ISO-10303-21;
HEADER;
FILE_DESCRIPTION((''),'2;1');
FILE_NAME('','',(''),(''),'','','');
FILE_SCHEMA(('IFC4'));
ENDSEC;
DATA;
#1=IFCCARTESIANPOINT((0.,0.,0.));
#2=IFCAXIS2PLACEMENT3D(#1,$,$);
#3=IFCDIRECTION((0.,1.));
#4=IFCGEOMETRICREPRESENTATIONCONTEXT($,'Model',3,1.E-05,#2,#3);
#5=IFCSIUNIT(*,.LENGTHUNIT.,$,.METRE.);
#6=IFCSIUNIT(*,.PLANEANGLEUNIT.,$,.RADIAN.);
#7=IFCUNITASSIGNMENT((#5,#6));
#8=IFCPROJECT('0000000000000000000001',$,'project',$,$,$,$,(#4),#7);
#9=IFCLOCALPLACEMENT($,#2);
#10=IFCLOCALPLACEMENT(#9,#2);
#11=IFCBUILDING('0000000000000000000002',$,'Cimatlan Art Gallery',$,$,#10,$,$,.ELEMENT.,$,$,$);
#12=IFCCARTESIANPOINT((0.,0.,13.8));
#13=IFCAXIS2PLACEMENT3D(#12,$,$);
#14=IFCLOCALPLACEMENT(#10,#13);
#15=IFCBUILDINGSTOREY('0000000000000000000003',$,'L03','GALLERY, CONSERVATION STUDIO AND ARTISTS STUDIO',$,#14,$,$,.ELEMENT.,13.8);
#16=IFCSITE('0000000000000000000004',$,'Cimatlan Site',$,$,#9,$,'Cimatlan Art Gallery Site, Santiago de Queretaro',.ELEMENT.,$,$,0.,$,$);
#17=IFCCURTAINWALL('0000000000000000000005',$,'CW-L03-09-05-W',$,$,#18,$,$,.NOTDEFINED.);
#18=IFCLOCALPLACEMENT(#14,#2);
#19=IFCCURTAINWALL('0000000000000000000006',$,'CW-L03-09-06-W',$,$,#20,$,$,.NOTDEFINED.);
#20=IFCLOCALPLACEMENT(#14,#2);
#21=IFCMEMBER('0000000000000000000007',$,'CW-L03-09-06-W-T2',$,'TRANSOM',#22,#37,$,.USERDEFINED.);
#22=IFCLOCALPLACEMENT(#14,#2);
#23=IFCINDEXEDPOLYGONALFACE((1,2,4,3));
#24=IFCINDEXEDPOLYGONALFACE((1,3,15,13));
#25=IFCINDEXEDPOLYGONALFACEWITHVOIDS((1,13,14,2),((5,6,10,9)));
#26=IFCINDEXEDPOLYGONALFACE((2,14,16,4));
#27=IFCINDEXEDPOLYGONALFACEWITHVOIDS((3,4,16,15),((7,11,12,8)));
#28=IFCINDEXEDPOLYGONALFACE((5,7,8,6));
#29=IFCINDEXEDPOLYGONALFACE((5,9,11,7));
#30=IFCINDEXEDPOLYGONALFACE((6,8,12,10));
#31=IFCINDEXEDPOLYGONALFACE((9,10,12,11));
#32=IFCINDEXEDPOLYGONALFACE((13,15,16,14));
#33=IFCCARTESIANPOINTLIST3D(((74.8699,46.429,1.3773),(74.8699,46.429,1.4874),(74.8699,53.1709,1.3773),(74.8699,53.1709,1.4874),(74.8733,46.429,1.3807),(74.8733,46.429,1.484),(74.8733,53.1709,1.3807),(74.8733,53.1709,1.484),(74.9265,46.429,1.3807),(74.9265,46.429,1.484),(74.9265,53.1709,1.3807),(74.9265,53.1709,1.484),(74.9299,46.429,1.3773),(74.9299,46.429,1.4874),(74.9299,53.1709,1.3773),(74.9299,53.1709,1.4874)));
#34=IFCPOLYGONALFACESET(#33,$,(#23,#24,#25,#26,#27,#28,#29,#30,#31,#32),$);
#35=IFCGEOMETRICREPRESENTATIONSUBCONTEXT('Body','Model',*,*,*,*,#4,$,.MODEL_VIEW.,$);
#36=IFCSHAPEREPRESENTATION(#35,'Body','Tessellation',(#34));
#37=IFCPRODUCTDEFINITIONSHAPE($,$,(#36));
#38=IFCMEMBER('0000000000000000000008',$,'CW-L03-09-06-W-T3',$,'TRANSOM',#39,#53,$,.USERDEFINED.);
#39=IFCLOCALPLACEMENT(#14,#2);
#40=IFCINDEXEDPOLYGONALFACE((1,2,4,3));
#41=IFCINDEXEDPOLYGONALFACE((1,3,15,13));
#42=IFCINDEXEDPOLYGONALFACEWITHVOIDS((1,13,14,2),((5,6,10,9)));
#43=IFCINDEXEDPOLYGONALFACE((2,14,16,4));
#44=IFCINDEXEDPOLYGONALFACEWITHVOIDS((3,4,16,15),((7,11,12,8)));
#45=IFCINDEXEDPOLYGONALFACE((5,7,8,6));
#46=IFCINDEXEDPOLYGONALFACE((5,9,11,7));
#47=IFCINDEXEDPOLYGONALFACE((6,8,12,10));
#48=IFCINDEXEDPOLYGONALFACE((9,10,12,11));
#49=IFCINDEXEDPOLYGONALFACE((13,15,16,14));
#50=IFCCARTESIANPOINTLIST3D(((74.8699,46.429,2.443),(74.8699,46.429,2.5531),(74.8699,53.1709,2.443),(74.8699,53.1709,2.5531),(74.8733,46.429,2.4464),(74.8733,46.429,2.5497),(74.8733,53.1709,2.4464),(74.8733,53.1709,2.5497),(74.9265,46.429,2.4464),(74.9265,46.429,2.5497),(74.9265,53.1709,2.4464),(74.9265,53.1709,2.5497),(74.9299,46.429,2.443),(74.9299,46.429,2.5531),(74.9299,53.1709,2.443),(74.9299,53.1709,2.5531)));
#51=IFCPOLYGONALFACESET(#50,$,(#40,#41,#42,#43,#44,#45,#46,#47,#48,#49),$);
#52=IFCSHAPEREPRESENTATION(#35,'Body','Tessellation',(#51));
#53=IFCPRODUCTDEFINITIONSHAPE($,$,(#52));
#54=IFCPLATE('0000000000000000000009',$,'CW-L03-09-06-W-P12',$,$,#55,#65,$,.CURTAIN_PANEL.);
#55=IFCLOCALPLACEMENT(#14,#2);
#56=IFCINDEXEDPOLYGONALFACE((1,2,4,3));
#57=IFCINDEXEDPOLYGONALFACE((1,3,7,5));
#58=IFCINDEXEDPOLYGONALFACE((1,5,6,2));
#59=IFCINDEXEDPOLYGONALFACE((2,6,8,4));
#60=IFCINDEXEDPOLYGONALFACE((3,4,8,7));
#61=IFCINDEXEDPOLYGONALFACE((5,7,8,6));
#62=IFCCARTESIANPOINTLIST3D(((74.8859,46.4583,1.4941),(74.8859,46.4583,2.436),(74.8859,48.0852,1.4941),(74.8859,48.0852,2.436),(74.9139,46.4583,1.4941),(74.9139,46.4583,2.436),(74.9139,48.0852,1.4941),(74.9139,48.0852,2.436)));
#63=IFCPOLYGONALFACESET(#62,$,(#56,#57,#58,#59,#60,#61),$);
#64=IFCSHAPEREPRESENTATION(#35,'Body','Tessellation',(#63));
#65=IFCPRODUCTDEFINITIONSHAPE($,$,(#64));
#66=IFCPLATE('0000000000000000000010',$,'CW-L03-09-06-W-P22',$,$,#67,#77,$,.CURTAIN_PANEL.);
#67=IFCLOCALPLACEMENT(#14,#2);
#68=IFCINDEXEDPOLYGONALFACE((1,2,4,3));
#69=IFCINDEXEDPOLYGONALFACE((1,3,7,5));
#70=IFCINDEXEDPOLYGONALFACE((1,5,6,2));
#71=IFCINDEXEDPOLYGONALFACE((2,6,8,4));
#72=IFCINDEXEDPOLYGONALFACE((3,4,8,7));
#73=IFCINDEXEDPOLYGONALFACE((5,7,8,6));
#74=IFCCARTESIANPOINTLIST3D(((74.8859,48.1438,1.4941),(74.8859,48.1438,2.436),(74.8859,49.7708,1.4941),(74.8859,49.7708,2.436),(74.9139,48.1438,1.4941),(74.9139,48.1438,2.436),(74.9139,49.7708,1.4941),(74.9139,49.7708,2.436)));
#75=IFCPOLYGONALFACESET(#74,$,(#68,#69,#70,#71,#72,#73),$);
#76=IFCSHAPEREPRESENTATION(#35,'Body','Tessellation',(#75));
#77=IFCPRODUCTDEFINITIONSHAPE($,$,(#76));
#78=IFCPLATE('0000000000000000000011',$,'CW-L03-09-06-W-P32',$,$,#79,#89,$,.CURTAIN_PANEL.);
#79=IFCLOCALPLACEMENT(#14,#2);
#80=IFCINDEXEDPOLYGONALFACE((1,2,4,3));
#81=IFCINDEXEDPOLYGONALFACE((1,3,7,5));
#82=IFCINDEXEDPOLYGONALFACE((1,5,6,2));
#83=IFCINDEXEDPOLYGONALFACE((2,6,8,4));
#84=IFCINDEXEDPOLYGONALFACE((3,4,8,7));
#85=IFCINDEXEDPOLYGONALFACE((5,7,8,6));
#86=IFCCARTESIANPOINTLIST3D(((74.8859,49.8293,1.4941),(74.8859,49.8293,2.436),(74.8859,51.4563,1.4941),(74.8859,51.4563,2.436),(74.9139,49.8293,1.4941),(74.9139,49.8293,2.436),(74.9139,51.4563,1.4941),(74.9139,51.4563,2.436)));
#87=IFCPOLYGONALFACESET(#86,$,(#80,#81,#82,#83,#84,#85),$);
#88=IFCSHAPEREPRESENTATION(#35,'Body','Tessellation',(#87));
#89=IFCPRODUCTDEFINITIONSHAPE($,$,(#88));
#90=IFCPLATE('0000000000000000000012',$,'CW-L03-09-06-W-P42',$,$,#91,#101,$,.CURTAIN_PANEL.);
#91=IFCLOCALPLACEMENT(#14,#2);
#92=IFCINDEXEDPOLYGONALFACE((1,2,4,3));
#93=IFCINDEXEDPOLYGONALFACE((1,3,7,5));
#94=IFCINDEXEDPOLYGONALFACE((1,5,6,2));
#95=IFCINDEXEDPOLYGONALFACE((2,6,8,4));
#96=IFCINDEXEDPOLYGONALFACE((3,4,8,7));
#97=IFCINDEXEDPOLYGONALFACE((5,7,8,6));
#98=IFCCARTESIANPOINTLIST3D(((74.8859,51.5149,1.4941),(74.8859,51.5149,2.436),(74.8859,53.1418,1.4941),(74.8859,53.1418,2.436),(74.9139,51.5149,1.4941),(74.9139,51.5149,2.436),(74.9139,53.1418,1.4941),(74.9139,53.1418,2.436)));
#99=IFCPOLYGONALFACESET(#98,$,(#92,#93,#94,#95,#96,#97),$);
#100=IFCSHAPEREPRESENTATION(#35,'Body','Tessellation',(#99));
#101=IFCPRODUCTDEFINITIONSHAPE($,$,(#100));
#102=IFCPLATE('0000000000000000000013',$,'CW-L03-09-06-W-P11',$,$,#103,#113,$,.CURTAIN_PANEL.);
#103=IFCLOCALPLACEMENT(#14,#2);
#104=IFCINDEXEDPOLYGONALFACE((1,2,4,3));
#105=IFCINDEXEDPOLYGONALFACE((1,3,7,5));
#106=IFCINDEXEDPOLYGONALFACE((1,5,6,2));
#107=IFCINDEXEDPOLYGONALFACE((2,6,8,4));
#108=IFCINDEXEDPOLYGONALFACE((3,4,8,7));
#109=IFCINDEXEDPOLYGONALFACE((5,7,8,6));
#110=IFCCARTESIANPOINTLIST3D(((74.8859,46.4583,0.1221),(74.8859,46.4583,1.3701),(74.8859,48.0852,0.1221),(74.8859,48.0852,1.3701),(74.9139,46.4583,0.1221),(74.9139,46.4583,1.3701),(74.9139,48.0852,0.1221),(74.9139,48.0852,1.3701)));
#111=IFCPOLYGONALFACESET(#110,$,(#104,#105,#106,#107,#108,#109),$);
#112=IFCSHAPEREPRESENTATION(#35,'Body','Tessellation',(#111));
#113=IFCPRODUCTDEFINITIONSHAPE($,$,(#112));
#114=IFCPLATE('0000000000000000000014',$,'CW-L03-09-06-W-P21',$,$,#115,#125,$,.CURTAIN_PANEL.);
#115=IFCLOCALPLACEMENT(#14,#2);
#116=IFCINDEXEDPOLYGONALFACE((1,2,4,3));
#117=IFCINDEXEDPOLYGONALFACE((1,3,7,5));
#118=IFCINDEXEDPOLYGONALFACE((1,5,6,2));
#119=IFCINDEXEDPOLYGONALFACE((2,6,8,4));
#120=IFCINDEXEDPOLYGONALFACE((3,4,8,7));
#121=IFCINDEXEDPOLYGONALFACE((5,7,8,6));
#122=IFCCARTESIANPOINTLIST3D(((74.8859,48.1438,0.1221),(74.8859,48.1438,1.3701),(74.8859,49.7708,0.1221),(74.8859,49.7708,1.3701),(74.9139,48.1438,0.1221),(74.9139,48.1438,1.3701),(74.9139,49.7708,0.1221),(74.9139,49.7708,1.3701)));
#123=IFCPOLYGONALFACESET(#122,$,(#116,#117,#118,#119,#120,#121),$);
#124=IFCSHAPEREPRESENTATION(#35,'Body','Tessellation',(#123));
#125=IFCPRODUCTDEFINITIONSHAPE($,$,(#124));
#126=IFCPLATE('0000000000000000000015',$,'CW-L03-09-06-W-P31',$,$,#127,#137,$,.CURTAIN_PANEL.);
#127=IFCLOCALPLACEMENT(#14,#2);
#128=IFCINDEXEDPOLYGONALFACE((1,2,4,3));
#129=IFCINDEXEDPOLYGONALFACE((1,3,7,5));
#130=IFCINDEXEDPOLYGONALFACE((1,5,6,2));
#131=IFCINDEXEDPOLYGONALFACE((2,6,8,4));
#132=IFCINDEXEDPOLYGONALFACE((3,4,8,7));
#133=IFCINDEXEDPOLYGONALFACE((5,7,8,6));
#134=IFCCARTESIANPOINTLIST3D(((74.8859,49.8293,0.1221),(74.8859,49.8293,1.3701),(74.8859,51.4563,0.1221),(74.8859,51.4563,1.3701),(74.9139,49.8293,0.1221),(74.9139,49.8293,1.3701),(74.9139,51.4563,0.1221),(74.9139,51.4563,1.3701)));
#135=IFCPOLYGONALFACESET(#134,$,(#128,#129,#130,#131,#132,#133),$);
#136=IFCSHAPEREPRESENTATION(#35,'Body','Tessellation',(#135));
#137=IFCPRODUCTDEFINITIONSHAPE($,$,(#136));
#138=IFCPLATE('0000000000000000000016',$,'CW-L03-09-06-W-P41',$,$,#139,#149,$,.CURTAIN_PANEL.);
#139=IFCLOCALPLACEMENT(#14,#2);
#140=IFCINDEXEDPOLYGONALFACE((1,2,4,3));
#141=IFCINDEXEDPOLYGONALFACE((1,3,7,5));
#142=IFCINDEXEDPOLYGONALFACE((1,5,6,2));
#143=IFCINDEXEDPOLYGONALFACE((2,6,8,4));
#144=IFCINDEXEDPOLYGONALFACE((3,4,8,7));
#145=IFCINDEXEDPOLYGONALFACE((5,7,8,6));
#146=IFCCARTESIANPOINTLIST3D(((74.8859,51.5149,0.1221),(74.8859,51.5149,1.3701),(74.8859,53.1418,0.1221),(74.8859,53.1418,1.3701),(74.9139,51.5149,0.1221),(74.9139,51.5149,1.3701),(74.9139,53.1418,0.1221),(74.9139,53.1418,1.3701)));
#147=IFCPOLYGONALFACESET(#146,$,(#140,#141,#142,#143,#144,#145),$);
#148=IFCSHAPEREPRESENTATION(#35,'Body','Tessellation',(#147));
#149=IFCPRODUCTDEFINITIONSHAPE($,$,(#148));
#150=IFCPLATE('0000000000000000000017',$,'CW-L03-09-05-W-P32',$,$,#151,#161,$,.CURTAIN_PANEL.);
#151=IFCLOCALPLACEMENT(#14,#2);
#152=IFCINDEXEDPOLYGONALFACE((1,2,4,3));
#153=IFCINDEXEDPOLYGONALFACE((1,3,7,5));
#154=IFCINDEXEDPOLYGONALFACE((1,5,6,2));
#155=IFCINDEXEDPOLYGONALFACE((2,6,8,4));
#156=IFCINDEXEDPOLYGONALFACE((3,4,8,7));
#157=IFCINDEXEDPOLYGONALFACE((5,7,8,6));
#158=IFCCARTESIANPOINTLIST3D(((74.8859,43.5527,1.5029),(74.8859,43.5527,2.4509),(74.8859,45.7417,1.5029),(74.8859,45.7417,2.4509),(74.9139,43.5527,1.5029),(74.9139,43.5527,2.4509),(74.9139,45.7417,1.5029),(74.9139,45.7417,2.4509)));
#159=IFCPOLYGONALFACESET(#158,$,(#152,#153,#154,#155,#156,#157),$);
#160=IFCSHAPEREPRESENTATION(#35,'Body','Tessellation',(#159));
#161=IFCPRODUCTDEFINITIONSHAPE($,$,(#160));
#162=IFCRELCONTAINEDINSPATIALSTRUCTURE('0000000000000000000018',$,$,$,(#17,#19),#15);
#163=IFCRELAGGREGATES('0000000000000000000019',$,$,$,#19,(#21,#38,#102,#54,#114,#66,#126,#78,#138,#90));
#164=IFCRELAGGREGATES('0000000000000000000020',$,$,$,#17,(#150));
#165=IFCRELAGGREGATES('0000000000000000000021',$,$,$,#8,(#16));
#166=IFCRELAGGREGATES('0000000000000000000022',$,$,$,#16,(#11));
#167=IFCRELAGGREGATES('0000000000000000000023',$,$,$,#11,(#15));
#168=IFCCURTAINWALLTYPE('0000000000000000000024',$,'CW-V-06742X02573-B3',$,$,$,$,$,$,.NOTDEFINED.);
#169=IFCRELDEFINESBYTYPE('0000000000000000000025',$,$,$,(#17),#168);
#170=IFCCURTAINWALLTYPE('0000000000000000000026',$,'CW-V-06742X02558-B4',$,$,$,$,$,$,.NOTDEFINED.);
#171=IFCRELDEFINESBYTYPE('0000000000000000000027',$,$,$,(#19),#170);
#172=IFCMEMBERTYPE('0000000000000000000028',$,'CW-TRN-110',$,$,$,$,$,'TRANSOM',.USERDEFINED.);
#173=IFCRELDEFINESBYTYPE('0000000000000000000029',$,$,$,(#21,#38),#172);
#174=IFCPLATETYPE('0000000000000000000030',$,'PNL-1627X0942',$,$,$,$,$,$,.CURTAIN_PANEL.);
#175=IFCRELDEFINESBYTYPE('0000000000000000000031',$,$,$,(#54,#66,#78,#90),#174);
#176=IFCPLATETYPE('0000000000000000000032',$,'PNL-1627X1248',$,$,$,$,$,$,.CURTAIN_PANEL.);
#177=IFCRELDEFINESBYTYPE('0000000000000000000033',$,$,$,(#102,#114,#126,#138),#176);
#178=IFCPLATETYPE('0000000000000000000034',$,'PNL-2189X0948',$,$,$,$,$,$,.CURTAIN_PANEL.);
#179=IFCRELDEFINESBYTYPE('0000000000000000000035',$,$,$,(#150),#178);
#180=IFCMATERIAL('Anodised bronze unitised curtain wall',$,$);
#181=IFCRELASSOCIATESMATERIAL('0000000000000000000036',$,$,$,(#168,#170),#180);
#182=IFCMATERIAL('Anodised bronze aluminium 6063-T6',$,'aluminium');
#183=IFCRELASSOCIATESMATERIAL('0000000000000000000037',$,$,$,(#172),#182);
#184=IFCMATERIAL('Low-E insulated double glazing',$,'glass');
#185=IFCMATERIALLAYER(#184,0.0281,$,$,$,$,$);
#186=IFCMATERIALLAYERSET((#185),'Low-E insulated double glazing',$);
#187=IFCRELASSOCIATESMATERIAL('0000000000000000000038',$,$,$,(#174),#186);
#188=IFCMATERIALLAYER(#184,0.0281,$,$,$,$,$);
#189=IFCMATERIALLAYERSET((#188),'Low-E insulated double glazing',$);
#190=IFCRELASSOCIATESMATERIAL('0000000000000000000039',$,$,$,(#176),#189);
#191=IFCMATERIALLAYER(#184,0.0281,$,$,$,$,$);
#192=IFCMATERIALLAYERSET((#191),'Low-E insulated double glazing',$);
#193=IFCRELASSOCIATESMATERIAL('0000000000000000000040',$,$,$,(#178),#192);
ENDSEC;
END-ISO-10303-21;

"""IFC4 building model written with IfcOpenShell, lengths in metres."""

from ifc_helpers import new_model, si_unit, direction, frame, origin, origin_2d, place, context, subcontext, project, spatial, rectangle, hollow_rectangle, extrude, material, layer, layer_set, material_profile, profile_set, type_object, element, aggregate, save


model = new_model("IFC4")

# Units and contexts
model_context = context("Model", 3, precision=1e-05, world=origin(), true_north=direction((0.0, 1.0)))
body_context = subcontext(model_context, "Body", "Model", "MODEL_VIEW")
ifc_project = project(units=[si_unit("LENGTHUNIT", "METRE"), si_unit("PLANEANGLEUNIT", "RADIAN")], contexts=[model_context])

# Site, building, storey
site_placement = place(None, origin())
site = spatial("IfcSite", under=ifc_project, at=site_placement, Name="Cimatlan Site", LongName="Cimatlan Art Gallery Site, Santiago de Queretaro", CompositionType="ELEMENT", RefElevation=0.0)
building_placement = place(site_placement, origin())
building = spatial("IfcBuilding", under=site, at=building_placement, Name="Cimatlan Art Gallery", CompositionType="ELEMENT")
storey_placement = place(building_placement, frame((0.0, 0.0, 13.8)))
storey = spatial("IfcBuildingStorey", under=building, at=storey_placement, Name="L03", Description="GALLERY, CONSERVATION STUDIO AND ARTISTS STUDIO", CompositionType="ELEMENT", Elevation=13.8)

# Curtain wall
ifc_material_1 = material(Name="Anodised bronze unitised curtain wall")
curtain_wall_type_1 = type_object("IfcCurtainWallType", Name="CW-V-06742X02573-B3", PredefinedType="NOTDEFINED", material=ifc_material_1)
curtain_wall_1_placement = place(storey_placement, origin())
curtain_wall_1 = element("IfcCurtainWall", 1, at=curtain_wall_1_placement, inside=storey, type_object=curtain_wall_type_1, Name="CW-L03-09-05-W", PredefinedType="NOTDEFINED")
ifc_material_2 = material(Name="Anodised bronze aluminium 6063-T6", Category="aluminium")

# Curtain wall, members, plates
curtain_wall_type_2 = type_object("IfcCurtainWallType", Name="CW-V-06742X02558-B4", PredefinedType="NOTDEFINED", material=ifc_material_1)
curtain_wall_2_placement = place(storey_placement, origin())
curtain_wall_2 = element("IfcCurtainWall", 2, at=curtain_wall_2_placement, inside=storey, type_object=curtain_wall_type_2, Name="CW-L03-09-06-W", PredefinedType="NOTDEFINED")
ifc_material_profile_1 = material_profile(ifc_material_2, hollow_rectangle(XDim=0.0601, YDim=0.1101, WallThickness=0.0034, at=origin_2d()), Name="ALU60X110X3")
ifc_profile_set_1 = profile_set([ifc_material_profile_1], Name="Anodised bronze aluminium 6063-T6")
member_type_1 = type_object("IfcMemberType", Name="CW-TRN-110", ElementType="TRANSOM", PredefinedType="USERDEFINED", material=ifc_profile_set_1)
member_1_placement = place(storey_placement, frame((74.8999, 46.429, 1.4324), z_axis=(0.0, 1.0, 0.0), x_axis=(-1.0, 0.0, 0.0)))
member_1 = element("IfcMember", 3, at=member_1_placement, type_object=member_type_1, Name="CW-L03-09-06-W-T2", ObjectType="TRANSOM", PredefinedType="USERDEFINED", context=body_context, shape_type="SweptSolid", body=[
    extrude(hollow_rectangle(XDim=0.0601, YDim=0.1101, WallThickness=0.0034, at=origin_2d()), origin(), (0.0, 0.0, 1.0), 6.7419),
])
member_2_placement = place(storey_placement, frame((74.8999, 46.429, 2.498), z_axis=(0.0, 1.0, 0.0), x_axis=(-1.0, 0.0, 0.0)))
member_2 = element("IfcMember", 4, at=member_2_placement, type_object=member_type_1, Name="CW-L03-09-06-W-T3", ObjectType="TRANSOM", PredefinedType="USERDEFINED", context=body_context, shape_type="SweptSolid", body=[
    extrude(hollow_rectangle(XDim=0.0601, YDim=0.1101, WallThickness=0.0034, at=origin_2d()), origin(), (0.0, 0.0, 1.0), 6.7419),
])
ifc_material_3 = material(Name="Low-E insulated double glazing", Category="glass")
ifc_layer_1 = layer(ifc_material_3, 0.0281)
ifc_layer_set_1 = layer_set([ifc_layer_1], Name="Low-E insulated double glazing")
plate_type_1 = type_object("IfcPlateType", Name="PNL-1627X0942", PredefinedType="CURTAIN_PANEL", material=ifc_layer_set_1)
plate_1_placement = place(storey_placement, frame((74.8999, 47.2717, 1.4941), z_axis=(0.0, 0.0, 1.0), x_axis=(0.0, 1.0, 0.0)))
plate_1 = element("IfcPlate", 5, at=plate_1_placement, type_object=plate_type_1, Name="CW-L03-09-06-W-P12", PredefinedType="CURTAIN_PANEL", context=body_context, shape_type="SweptSolid", body=[
    extrude(rectangle(XDim=1.627, YDim=0.0281, at=origin_2d()), origin(), (0.0, 0.0, 1.0), 0.9419),
])
plate_2_placement = place(storey_placement, frame((74.8999, 48.9573, 1.4941), z_axis=(0.0, 0.0, 1.0), x_axis=(0.0, 1.0, 0.0)))
plate_2 = element("IfcPlate", 6, at=plate_2_placement, type_object=plate_type_1, Name="CW-L03-09-06-W-P22", PredefinedType="CURTAIN_PANEL", context=body_context, shape_type="SweptSolid", body=[
    extrude(rectangle(XDim=1.627, YDim=0.0281, at=origin_2d()), origin(), (0.0, 0.0, 1.0), 0.9419),
])
plate_3_placement = place(storey_placement, frame((74.8999, 50.6428, 1.4941), z_axis=(0.0, 0.0, 1.0), x_axis=(0.0, 1.0, 0.0)))
plate_3 = element("IfcPlate", 7, at=plate_3_placement, type_object=plate_type_1, Name="CW-L03-09-06-W-P32", PredefinedType="CURTAIN_PANEL", context=body_context, shape_type="SweptSolid", body=[
    extrude(rectangle(XDim=1.627, YDim=0.0281, at=origin_2d()), origin(), (0.0, 0.0, 1.0), 0.9419),
])
plate_4_placement = place(storey_placement, frame((74.8999, 52.3284, 1.4941), z_axis=(0.0, 0.0, 1.0), x_axis=(0.0, 1.0, 0.0)))
plate_4 = element("IfcPlate", 8, at=plate_4_placement, type_object=plate_type_1, Name="CW-L03-09-06-W-P42", PredefinedType="CURTAIN_PANEL", context=body_context, shape_type="SweptSolid", body=[
    extrude(rectangle(XDim=1.627, YDim=0.0281, at=origin_2d()), origin(), (0.0, 0.0, 1.0), 0.9419),
])
ifc_layer_2 = layer(ifc_material_3, 0.0281)
ifc_layer_set_2 = layer_set([ifc_layer_2], Name="Low-E insulated double glazing")
plate_type_2 = type_object("IfcPlateType", Name="PNL-1627X1248", PredefinedType="CURTAIN_PANEL", material=ifc_layer_set_2)
plate_5_placement = place(storey_placement, frame((74.8999, 47.2717, 0.1221), z_axis=(0.0, 0.0, 1.0), x_axis=(0.0, 1.0, 0.0)))
plate_5 = element("IfcPlate", 9, at=plate_5_placement, type_object=plate_type_2, Name="CW-L03-09-06-W-P11", PredefinedType="CURTAIN_PANEL", context=body_context, shape_type="SweptSolid", body=[
    extrude(rectangle(XDim=1.627, YDim=0.0281, at=origin_2d()), origin(), (0.0, 0.0, 1.0), 1.248),
])
plate_6_placement = place(storey_placement, frame((74.8999, 48.9573, 0.1221), z_axis=(0.0, 0.0, 1.0), x_axis=(0.0, 1.0, 0.0)))
plate_6 = element("IfcPlate", 10, at=plate_6_placement, type_object=plate_type_2, Name="CW-L03-09-06-W-P21", PredefinedType="CURTAIN_PANEL", context=body_context, shape_type="SweptSolid", body=[
    extrude(rectangle(XDim=1.627, YDim=0.0281, at=origin_2d()), origin(), (0.0, 0.0, 1.0), 1.248),
])
plate_7_placement = place(storey_placement, frame((74.8999, 50.6428, 0.1221), z_axis=(0.0, 0.0, 1.0), x_axis=(0.0, 1.0, 0.0)))
plate_7 = element("IfcPlate", 11, at=plate_7_placement, type_object=plate_type_2, Name="CW-L03-09-06-W-P31", PredefinedType="CURTAIN_PANEL", context=body_context, shape_type="SweptSolid", body=[
    extrude(rectangle(XDim=1.627, YDim=0.0281, at=origin_2d()), origin(), (0.0, 0.0, 1.0), 1.248),
])
plate_8_placement = place(storey_placement, frame((74.8999, 52.3284, 0.1221), z_axis=(0.0, 0.0, 1.0), x_axis=(0.0, 1.0, 0.0)))
plate_8 = element("IfcPlate", 12, at=plate_8_placement, type_object=plate_type_2, Name="CW-L03-09-06-W-P41", PredefinedType="CURTAIN_PANEL", context=body_context, shape_type="SweptSolid", body=[
    extrude(rectangle(XDim=1.627, YDim=0.0281, at=origin_2d()), origin(), (0.0, 0.0, 1.0), 1.248),
])
aggregate(curtain_wall_2, [member_1, member_2, plate_5, plate_1, plate_6, plate_2, plate_7, plate_3, plate_8, plate_4])

# Plate
ifc_layer_3 = layer(ifc_material_3, 0.0281)
ifc_layer_set_3 = layer_set([ifc_layer_3], Name="Low-E insulated double glazing")
plate_type_3 = type_object("IfcPlateType", Name="PNL-2189X0948", PredefinedType="CURTAIN_PANEL", material=ifc_layer_set_3)
plate_9_placement = place(storey_placement, frame((74.8999, 44.6472, 1.5029), z_axis=(0.0, 0.0, 1.0), x_axis=(0.0, 1.0, 0.0)))
plate_9 = element("IfcPlate", 13, at=plate_9_placement, type_object=plate_type_3, Name="CW-L03-09-05-W-P32", PredefinedType="CURTAIN_PANEL", context=body_context, shape_type="SweptSolid", body=[
    extrude(rectangle(XDim=2.189, YDim=0.0281, at=origin_2d()), origin(), (0.0, 0.0, 1.0), 0.948),
])
aggregate(curtain_wall_1, [plate_9])

save(model, "model.ifc")
